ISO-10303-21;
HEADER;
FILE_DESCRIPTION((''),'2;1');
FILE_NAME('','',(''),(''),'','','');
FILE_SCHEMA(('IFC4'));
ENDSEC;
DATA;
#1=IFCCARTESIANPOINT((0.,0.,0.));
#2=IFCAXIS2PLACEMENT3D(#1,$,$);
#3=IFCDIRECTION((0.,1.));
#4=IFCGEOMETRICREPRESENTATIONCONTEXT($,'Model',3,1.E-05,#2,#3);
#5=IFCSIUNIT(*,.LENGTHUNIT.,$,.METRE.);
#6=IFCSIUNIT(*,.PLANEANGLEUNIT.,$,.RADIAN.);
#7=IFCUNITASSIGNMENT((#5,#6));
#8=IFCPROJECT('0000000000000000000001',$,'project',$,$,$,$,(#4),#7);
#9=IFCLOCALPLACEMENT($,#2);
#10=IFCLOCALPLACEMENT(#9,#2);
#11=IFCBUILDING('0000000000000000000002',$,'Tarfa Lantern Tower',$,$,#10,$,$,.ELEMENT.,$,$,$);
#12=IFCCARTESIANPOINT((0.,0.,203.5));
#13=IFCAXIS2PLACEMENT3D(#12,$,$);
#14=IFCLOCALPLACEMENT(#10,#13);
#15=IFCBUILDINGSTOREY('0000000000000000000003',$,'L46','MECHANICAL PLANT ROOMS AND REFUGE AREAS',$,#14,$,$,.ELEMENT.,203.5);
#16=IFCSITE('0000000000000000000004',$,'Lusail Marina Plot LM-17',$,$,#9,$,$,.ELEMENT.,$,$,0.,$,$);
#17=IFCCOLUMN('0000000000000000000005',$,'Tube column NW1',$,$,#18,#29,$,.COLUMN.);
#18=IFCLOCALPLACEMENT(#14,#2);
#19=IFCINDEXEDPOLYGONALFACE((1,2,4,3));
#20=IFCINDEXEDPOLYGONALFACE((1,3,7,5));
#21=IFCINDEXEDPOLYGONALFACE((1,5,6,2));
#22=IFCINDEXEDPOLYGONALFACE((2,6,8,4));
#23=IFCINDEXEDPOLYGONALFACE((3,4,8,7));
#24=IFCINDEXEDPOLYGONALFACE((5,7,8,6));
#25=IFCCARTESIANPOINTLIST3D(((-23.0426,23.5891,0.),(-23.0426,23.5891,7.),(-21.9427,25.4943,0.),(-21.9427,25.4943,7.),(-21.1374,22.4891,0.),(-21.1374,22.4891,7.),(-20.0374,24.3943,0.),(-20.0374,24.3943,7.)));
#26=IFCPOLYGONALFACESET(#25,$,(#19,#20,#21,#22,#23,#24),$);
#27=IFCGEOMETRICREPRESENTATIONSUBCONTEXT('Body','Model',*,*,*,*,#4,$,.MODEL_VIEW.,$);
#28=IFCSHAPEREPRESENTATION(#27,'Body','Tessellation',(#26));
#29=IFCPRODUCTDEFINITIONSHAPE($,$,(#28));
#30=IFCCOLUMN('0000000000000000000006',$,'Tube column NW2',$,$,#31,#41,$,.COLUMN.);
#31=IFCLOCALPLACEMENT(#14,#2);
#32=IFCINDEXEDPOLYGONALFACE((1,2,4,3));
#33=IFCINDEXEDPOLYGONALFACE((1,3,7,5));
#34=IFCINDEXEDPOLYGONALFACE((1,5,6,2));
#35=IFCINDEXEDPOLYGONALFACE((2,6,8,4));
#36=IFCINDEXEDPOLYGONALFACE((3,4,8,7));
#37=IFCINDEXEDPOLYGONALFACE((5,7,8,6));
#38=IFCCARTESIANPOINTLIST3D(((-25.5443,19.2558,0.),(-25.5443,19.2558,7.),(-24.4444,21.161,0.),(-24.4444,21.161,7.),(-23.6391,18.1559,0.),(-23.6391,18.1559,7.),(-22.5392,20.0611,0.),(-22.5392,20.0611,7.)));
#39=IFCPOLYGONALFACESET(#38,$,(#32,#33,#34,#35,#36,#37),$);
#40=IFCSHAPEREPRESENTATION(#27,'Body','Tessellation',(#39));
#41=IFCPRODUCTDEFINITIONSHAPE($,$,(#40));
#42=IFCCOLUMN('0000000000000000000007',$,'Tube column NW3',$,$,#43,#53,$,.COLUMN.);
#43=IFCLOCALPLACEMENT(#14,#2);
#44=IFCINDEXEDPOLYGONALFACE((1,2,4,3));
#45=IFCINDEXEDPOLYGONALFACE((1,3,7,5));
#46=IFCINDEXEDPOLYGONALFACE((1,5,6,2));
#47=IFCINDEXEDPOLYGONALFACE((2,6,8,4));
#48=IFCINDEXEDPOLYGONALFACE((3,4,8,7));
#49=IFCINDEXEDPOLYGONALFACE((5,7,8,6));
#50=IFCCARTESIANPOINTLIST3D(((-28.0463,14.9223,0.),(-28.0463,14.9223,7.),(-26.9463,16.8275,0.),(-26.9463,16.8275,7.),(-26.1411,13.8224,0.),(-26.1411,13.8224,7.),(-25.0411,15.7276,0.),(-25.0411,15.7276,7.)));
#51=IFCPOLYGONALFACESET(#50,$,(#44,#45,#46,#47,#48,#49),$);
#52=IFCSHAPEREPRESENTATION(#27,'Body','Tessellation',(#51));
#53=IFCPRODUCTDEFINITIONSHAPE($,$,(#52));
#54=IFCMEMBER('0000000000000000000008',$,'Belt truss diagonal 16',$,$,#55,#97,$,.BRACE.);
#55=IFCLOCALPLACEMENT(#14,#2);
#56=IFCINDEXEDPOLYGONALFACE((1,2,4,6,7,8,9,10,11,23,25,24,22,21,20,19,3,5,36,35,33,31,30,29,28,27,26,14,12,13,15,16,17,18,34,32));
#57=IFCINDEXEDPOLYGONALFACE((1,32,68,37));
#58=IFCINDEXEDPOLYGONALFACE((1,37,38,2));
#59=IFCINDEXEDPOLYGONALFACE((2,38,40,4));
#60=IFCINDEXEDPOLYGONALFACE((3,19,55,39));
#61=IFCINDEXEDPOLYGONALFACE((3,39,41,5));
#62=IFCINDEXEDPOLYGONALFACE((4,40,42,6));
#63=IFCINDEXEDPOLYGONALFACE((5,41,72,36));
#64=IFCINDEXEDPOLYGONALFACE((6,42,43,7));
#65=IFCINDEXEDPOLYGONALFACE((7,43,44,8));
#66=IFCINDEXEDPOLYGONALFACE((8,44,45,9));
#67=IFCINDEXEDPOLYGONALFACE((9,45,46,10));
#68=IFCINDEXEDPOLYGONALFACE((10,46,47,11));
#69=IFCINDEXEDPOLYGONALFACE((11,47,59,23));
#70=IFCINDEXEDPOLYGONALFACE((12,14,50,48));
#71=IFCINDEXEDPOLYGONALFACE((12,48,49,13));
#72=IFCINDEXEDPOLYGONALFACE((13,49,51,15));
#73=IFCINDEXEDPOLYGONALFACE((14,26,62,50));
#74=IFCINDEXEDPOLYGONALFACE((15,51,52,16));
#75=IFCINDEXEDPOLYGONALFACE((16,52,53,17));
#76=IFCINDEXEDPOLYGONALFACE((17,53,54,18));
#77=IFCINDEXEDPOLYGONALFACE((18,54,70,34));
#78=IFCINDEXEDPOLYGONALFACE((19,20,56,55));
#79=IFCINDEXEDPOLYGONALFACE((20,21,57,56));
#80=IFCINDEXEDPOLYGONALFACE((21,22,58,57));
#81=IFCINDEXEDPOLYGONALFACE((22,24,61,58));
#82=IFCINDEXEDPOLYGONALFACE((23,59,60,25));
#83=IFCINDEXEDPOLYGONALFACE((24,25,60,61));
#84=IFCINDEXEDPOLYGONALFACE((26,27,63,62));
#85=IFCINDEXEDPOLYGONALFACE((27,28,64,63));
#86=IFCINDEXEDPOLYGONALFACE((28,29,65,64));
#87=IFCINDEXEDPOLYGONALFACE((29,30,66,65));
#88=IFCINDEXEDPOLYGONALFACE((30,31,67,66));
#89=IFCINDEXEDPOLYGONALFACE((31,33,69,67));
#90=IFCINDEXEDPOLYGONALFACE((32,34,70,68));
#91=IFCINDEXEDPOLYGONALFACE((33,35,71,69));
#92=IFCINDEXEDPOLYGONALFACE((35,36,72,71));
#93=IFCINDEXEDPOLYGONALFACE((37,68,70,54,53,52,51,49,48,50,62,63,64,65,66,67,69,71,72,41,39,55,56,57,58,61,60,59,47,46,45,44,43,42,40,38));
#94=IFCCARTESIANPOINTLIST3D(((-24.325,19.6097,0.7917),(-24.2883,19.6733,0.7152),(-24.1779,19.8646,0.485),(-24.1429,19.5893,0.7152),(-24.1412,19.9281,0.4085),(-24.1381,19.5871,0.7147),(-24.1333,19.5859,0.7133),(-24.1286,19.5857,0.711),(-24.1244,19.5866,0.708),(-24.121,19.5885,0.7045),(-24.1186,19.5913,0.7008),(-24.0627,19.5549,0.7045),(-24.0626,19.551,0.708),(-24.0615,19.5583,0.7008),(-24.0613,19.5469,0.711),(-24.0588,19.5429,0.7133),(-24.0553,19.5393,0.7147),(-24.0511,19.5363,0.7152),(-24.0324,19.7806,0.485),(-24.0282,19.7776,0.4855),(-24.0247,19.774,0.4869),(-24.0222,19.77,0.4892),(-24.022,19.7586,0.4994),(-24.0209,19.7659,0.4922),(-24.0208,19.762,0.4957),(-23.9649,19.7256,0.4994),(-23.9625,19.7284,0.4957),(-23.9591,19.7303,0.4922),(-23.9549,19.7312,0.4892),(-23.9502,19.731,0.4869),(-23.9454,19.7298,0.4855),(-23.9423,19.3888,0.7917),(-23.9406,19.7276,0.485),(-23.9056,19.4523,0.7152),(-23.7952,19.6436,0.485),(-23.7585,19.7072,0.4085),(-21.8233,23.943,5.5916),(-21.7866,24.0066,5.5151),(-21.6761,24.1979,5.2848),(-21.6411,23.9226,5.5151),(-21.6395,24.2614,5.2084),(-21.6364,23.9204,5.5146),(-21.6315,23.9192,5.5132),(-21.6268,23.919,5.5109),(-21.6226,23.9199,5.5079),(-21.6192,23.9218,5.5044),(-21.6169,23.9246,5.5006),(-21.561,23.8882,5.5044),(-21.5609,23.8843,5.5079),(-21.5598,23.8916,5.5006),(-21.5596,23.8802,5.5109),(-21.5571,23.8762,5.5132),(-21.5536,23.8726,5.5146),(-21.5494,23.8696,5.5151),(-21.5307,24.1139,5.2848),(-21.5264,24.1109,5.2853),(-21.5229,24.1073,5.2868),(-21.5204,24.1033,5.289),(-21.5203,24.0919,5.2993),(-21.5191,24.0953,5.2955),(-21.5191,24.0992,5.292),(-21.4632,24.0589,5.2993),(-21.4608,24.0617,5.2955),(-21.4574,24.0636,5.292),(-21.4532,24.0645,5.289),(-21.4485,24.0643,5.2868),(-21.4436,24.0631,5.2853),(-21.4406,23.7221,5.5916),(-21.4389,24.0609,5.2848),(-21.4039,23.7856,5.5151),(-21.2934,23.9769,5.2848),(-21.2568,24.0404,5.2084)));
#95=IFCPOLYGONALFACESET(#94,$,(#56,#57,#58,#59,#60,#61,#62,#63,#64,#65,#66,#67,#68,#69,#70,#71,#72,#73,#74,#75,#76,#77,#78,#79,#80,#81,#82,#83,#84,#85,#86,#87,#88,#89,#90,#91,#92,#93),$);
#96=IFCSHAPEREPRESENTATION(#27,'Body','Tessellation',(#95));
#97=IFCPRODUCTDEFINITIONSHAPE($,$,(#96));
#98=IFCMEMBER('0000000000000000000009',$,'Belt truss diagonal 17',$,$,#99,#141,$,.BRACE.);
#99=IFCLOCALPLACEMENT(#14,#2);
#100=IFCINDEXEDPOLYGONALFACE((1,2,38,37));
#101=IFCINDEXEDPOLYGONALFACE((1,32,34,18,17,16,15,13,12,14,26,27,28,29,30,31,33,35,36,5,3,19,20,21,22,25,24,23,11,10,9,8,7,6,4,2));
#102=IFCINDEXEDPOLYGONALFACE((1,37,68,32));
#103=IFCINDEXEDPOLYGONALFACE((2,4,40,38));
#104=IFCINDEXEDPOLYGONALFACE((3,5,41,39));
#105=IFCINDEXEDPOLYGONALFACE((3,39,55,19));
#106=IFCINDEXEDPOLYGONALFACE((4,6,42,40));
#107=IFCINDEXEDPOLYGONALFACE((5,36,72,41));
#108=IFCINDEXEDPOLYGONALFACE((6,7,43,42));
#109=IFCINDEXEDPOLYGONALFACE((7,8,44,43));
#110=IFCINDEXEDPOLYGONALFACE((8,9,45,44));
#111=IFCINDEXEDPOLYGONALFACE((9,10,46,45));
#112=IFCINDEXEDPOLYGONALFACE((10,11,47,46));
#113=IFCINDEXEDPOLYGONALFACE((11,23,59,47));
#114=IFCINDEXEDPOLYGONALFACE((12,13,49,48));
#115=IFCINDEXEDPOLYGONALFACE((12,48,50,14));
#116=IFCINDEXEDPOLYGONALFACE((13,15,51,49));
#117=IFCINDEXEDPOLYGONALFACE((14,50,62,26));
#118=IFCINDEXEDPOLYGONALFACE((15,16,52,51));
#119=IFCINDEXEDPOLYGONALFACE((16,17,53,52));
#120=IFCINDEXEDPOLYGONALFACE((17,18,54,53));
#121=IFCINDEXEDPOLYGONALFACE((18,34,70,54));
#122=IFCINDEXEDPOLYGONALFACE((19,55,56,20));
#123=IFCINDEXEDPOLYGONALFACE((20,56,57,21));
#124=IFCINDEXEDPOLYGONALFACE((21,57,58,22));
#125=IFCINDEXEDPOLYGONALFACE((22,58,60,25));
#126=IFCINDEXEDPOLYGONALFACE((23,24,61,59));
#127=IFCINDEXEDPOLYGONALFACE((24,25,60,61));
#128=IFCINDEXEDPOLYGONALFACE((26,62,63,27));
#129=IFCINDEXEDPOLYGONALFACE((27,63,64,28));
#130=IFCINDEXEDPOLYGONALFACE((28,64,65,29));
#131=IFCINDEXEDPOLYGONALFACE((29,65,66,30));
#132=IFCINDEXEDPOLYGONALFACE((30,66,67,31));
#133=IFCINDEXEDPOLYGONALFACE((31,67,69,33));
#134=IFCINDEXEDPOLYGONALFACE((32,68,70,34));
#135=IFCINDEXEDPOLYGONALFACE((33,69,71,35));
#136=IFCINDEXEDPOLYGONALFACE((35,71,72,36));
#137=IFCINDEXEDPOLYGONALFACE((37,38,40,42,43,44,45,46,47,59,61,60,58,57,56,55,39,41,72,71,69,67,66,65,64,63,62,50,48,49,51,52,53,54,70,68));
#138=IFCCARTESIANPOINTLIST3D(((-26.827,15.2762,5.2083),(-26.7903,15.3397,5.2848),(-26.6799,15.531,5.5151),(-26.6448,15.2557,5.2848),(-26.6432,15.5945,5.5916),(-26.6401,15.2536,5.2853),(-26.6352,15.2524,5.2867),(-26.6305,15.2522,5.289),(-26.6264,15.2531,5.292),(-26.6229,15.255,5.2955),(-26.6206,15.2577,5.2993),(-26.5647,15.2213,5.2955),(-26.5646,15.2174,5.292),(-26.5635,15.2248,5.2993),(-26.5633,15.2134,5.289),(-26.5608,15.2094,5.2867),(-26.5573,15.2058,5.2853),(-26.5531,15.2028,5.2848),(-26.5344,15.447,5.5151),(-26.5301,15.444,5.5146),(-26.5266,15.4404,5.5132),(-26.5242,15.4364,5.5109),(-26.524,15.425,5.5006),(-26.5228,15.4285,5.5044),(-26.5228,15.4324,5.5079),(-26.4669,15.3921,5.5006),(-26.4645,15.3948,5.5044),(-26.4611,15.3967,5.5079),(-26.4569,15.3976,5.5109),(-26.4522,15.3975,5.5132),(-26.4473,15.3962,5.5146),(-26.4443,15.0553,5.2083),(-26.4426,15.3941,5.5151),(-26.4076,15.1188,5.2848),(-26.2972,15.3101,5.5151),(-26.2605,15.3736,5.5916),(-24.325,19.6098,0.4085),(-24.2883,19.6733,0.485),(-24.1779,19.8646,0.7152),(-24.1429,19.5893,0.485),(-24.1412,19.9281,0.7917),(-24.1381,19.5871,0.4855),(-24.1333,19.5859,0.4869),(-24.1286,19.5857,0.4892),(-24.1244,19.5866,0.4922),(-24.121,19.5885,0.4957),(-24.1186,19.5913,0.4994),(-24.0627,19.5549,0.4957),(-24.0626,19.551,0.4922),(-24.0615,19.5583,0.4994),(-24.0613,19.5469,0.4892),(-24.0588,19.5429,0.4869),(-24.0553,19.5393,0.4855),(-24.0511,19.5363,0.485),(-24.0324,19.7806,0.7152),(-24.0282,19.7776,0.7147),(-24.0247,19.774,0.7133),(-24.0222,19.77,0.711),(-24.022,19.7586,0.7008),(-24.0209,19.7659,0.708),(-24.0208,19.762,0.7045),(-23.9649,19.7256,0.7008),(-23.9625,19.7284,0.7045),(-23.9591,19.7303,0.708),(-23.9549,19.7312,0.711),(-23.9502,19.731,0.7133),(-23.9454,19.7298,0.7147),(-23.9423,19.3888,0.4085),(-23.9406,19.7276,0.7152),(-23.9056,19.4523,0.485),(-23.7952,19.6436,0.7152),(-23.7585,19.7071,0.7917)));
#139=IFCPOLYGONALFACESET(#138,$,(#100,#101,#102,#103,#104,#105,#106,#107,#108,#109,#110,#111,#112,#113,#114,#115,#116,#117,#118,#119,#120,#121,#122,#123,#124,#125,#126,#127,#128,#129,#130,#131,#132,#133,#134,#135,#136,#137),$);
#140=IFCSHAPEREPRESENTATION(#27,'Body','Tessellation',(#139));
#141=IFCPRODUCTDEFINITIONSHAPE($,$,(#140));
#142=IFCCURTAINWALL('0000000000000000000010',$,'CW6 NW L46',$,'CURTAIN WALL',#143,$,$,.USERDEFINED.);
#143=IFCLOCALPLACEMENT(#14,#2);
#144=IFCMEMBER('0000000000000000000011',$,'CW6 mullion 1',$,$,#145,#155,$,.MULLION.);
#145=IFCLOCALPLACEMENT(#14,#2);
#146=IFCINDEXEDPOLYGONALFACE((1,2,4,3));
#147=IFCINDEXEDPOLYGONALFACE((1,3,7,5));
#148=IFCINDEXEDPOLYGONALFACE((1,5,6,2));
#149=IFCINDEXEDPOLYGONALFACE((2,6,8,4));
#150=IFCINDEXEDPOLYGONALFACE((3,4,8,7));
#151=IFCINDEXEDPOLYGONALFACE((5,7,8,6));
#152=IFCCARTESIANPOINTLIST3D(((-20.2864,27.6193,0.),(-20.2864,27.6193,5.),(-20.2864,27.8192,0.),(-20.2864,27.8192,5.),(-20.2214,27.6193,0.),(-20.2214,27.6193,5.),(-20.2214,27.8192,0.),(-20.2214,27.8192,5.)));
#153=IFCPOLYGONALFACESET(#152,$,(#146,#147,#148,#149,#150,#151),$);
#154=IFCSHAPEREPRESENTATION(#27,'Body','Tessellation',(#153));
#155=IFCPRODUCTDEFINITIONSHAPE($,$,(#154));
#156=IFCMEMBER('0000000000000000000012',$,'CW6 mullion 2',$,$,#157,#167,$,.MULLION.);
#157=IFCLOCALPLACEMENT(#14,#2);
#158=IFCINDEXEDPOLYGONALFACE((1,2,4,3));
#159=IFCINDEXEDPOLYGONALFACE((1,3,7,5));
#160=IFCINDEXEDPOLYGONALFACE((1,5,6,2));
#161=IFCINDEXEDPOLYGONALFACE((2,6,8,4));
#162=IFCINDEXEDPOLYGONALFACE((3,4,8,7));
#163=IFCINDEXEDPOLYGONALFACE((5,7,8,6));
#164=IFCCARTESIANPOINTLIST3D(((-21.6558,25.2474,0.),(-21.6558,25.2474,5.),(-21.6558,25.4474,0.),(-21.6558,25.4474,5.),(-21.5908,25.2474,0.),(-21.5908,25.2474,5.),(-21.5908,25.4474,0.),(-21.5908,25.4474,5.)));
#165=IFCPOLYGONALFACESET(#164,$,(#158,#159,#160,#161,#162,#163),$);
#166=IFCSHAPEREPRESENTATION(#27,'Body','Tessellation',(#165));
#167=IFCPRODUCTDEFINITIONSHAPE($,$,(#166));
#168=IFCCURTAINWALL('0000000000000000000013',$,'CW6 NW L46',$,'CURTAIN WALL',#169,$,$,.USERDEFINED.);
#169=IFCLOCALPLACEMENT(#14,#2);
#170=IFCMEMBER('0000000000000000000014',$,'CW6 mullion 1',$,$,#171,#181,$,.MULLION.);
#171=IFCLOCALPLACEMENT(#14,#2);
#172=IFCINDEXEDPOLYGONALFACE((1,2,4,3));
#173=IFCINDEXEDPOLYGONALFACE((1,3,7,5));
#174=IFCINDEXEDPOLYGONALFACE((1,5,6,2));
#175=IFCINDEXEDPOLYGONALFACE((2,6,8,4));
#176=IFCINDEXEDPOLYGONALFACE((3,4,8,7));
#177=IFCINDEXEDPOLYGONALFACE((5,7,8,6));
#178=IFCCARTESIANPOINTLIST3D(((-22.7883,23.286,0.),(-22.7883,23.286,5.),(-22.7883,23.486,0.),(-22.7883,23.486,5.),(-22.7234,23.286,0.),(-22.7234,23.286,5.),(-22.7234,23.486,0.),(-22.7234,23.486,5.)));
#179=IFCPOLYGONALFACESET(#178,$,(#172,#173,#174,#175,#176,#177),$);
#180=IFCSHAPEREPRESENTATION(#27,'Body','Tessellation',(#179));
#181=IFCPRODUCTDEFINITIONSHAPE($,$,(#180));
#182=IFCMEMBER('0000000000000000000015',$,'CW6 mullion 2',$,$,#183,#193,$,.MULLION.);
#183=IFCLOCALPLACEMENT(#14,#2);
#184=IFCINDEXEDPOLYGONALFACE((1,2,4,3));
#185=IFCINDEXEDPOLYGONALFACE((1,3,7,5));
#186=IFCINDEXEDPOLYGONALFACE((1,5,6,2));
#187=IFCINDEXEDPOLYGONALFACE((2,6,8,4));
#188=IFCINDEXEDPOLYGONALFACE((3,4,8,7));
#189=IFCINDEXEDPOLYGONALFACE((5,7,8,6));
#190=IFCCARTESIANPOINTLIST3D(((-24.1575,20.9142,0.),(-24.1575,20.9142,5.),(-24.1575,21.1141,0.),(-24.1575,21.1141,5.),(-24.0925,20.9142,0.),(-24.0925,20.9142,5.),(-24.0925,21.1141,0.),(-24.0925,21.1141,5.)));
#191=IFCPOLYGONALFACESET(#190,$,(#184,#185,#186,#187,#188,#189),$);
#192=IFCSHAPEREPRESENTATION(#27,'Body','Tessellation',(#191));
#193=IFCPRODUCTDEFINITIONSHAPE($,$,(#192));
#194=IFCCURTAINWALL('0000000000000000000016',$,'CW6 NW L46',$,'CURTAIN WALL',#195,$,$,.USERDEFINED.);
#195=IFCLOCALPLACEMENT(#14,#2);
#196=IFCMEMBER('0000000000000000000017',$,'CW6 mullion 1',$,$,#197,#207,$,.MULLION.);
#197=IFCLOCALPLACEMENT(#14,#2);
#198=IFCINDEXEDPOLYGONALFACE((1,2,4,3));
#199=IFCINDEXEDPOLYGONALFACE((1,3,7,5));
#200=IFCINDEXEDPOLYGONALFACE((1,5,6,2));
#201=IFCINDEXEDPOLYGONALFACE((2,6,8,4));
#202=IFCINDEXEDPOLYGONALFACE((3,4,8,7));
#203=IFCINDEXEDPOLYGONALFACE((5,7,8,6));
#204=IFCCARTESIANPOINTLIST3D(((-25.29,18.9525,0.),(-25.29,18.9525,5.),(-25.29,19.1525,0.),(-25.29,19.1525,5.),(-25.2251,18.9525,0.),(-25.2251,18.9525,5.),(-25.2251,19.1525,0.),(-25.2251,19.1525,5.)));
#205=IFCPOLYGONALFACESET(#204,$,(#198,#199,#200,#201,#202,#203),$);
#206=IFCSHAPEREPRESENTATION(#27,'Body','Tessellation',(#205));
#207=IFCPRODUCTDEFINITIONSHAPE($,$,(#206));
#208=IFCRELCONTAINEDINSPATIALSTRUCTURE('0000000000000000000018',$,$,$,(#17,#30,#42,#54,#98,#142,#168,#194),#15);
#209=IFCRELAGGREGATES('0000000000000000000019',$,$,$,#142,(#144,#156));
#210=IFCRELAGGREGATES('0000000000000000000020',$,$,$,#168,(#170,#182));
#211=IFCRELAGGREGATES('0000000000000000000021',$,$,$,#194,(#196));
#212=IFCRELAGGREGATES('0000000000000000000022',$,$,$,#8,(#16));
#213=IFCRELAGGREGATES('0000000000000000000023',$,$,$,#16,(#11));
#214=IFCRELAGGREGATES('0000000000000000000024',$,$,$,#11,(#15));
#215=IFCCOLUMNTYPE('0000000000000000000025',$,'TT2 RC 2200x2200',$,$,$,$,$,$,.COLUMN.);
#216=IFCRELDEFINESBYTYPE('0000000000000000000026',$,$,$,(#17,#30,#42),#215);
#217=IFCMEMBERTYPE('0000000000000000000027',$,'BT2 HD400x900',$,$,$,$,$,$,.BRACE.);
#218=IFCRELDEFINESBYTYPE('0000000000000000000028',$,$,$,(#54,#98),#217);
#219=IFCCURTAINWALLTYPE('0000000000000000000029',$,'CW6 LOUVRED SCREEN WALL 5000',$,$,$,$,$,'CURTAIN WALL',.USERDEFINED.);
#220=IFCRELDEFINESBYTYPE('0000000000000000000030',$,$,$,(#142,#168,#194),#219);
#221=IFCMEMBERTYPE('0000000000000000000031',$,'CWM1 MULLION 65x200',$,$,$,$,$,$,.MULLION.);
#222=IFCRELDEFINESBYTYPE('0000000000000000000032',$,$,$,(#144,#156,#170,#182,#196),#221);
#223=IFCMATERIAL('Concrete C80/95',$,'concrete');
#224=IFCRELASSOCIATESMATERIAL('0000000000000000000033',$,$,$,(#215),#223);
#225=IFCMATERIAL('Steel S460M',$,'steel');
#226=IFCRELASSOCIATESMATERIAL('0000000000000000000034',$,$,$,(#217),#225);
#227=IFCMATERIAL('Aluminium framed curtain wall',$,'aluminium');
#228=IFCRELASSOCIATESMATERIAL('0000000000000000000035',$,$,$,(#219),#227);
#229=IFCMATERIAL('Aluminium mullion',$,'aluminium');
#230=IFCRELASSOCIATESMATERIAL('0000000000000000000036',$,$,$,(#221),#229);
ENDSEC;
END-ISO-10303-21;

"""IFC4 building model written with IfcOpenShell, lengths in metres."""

from ifc_helpers import new_model, si_unit, direction, frame, origin, origin_2d, place, context, subcontext, project, spatial, rectangle, i_section, extrude, material, material_profile, profile_set, type_object, element, aggregate, save


model = new_model("IFC4")

# Units and contexts
model_context = context("Model", 3, precision=1e-05, world=origin(), true_north=direction((0.0, 1.0)))
body_context = subcontext(model_context, "Body", "Model", "MODEL_VIEW")
ifc_project = project(units=[si_unit("LENGTHUNIT", "METRE"), si_unit("PLANEANGLEUNIT", "RADIAN")], contexts=[model_context])

# Site, building, storey
site_placement = place(None, origin())
site = spatial("IfcSite", under=ifc_project, at=site_placement, Name="Lusail Marina Plot LM-17", CompositionType="ELEMENT", RefElevation=0.0)
building_placement = place(site_placement, origin())
building = spatial("IfcBuilding", under=site, at=building_placement, Name="Tarfa Lantern Tower", CompositionType="ELEMENT")
storey_placement = place(building_placement, frame((0.0, 0.0, 203.5)))
storey = spatial("IfcBuildingStorey", under=building, at=storey_placement, Name="L46", Description="MECHANICAL PLANT ROOMS AND REFUGE AREAS", CompositionType="ELEMENT", Elevation=203.5)

# Columns
ifc_material_1 = material(Name="Concrete C80/95", Category="concrete")
ifc_material_profile_1 = material_profile(ifc_material_1, rectangle(XDim=2.2, YDim=2.2, at=origin_2d()), Name="RC 2200x2200")
ifc_profile_set_1 = profile_set([ifc_material_profile_1], Name="Concrete C80/95")
column_type = type_object("IfcColumnType", Name="TT2 RC 2200x2200", PredefinedType="COLUMN", material=ifc_profile_set_1)
for number, where, z_axis, x_axis, name in (
    (1, (-21.54, 23.9917, 0.0), (0.0, 0.0, 1.0), (-0.5, -0.866025, 0.0), "Tube column NW1"),
    (2, (-24.0417, 19.6584, 0.0), (0.0, 0.0, 1.0), (-0.5, -0.866025, 0.0), "Tube column NW2"),
    (3, (-26.5437, 15.325, 0.0), (0.0, 0.0, 1.0), (-0.5, -0.866025, 0.0), "Tube column NW3"),
):
    element("IfcColumn", number, at=place(storey_placement, frame(where, z_axis=z_axis, x_axis=x_axis)), inside=storey, type_object=column_type, Name=name, PredefinedType="COLUMN", context=body_context, shape_type="SweptSolid", body=[
        extrude(rectangle(XDim=2.2, YDim=2.2, at=origin_2d()), origin(), (0.0, 0.0, 1.0), 7.0),
    ])

# Members
ifc_material_2 = material(Name="Steel S460M", Category="steel")
ifc_material_profile_2 = material_profile(ifc_material_2, i_section(OverallWidth=0.4419, OverallDepth=0.531, WebThickness=0.0659, FlangeThickness=0.106, FilletRadius=0.02, at=origin_2d()), Name="HD400x900")
ifc_profile_set_2 = profile_set([ifc_material_profile_2], Name="Steel S460M")
member_type_1 = type_object("IfcMemberType", Name="BT2 HD400x900", PredefinedType="BRACE", material=ifc_profile_set_2)
member_1_placement = place(storey_placement, frame((-24.0417, 19.6584, 0.6001), z_axis=(0.360814, 0.624971, 0.692261), x_axis=(-0.866034, 0.499986, 0.0)))
element("IfcMember", 4, at=member_1_placement, inside=storey, type_object=member_type_1, Name="Belt truss diagonal 16", PredefinedType="BRACE", context=body_context, shape_type="SweptSolid", body=[
    extrude(i_section(OverallWidth=0.4419, OverallDepth=0.531, WebThickness=0.0659, FlangeThickness=0.106, FilletRadius=0.02, at=origin_2d()), origin(), (0.0, 0.0, 1.0), 6.9336),
])
member_2_placement = place(storey_placement, frame((-24.0417, 19.6584, 0.6001), z_axis=(-0.360836, -0.624985, 0.692237), x_axis=(0.866025, -0.500001, 0.0)))
element("IfcMember", 5, at=member_2_placement, inside=storey, type_object=member_type_1, Name="Belt truss diagonal 17", PredefinedType="BRACE", context=body_context, shape_type="SweptSolid", body=[
    extrude(i_section(OverallWidth=0.4419, OverallDepth=0.531, WebThickness=0.0659, FlangeThickness=0.106, FilletRadius=0.02, at=origin_2d()), origin(), (0.0, 0.0, 1.0), 6.9338),
])

# Curtain walls, members
ifc_material_3 = material(Name="Aluminium framed curtain wall", Category="aluminium")
curtain_wall_type = type_object("IfcCurtainWallType", Name="CW6 LOUVRED SCREEN WALL 5000", ElementType="CURTAIN WALL", PredefinedType="USERDEFINED", material=ifc_material_3)
curtain_wall_1_placement = place(storey_placement, origin())
curtain_wall_1 = element("IfcCurtainWall", 6, at=curtain_wall_1_placement, inside=storey, type_object=curtain_wall_type, Name="CW6 NW L46", ObjectType="CURTAIN WALL", PredefinedType="USERDEFINED")
ifc_material_4 = material(Name="Aluminium mullion", Category="aluminium")
ifc_material_profile_3 = material_profile(ifc_material_4, rectangle(XDim=0.0649, YDim=0.2, at=origin_2d()), Name="AL MULLION 65x200")
ifc_profile_set_3 = profile_set([ifc_material_profile_3], Name="Aluminium mullion")
member_type_2 = type_object("IfcMemberType", Name="CWM1 MULLION 65x200", PredefinedType="MULLION", material=ifc_profile_set_3)
member_3_placement = place(storey_placement, frame((-20.2539, 27.7192, 0.0), z_axis=(0.0, 0.0, 1.0), x_axis=(1.0, 0.0, 0.0)))
member_3 = element("IfcMember", 7, at=member_3_placement, type_object=member_type_2, Name="CW6 mullion 1", PredefinedType="MULLION", context=body_context, shape_type="SweptSolid", body=[
    extrude(rectangle(XDim=0.0649, YDim=0.2, at=origin_2d()), origin(), (0.0, 0.0, 1.0), 5.0),
])
member_4_placement = place(storey_placement, frame((-21.6233, 25.3474, 0.0), z_axis=(0.0, 0.0, 1.0), x_axis=(1.0, 0.0, 0.0)))
member_4 = element("IfcMember", 8, at=member_4_placement, type_object=member_type_2, Name="CW6 mullion 2", PredefinedType="MULLION", context=body_context, shape_type="SweptSolid", body=[
    extrude(rectangle(XDim=0.0649, YDim=0.2, at=origin_2d()), origin(), (0.0, 0.0, 1.0), 5.0),
])
curtain_wall_2_placement = place(storey_placement, origin())
curtain_wall_2 = element("IfcCurtainWall", 9, at=curtain_wall_2_placement, inside=storey, type_object=curtain_wall_type, Name="CW6 NW L46", ObjectType="CURTAIN WALL", PredefinedType="USERDEFINED")
member_5_placement = place(storey_placement, frame((-22.7559, 23.386, 0.0), z_axis=(0.0, 0.0, 1.0), x_axis=(1.0, 0.0, 0.0)))
member_5 = element("IfcMember", 10, at=member_5_placement, type_object=member_type_2, Name="CW6 mullion 1", PredefinedType="MULLION", context=body_context, shape_type="SweptSolid", body=[
    extrude(rectangle(XDim=0.0649, YDim=0.2, at=origin_2d()), origin(), (0.0, 0.0, 1.0), 5.0),
])
member_6_placement = place(storey_placement, frame((-24.125, 21.0142, 0.0), z_axis=(0.0, 0.0, 1.0), x_axis=(1.0, 0.0, 0.0)))
member_6 = element("IfcMember", 11, at=member_6_placement, type_object=member_type_2, Name="CW6 mullion 2", PredefinedType="MULLION", context=body_context, shape_type="SweptSolid", body=[
    extrude(rectangle(XDim=0.0649, YDim=0.2, at=origin_2d()), origin(), (0.0, 0.0, 1.0), 5.0),
])
curtain_wall_3_placement = place(storey_placement, origin())
curtain_wall_3 = element("IfcCurtainWall", 12, at=curtain_wall_3_placement, inside=storey, type_object=curtain_wall_type, Name="CW6 NW L46", ObjectType="CURTAIN WALL", PredefinedType="USERDEFINED")
member_7_placement = place(storey_placement, frame((-25.2576, 19.0525, 0.0), z_axis=(0.0, 0.0, 1.0), x_axis=(1.0, 0.0, 0.0)))
member_7 = element("IfcMember", 13, at=member_7_placement, type_object=member_type_2, Name="CW6 mullion 1", PredefinedType="MULLION", context=body_context, shape_type="SweptSolid", body=[
    extrude(rectangle(XDim=0.0649, YDim=0.2, at=origin_2d()), origin(), (0.0, 0.0, 1.0), 5.0),
])

aggregate(curtain_wall_1, [member_3, member_4])
aggregate(curtain_wall_2, [member_5, member_6])
aggregate(curtain_wall_3, [member_7])

save(model, "model.ifc")
